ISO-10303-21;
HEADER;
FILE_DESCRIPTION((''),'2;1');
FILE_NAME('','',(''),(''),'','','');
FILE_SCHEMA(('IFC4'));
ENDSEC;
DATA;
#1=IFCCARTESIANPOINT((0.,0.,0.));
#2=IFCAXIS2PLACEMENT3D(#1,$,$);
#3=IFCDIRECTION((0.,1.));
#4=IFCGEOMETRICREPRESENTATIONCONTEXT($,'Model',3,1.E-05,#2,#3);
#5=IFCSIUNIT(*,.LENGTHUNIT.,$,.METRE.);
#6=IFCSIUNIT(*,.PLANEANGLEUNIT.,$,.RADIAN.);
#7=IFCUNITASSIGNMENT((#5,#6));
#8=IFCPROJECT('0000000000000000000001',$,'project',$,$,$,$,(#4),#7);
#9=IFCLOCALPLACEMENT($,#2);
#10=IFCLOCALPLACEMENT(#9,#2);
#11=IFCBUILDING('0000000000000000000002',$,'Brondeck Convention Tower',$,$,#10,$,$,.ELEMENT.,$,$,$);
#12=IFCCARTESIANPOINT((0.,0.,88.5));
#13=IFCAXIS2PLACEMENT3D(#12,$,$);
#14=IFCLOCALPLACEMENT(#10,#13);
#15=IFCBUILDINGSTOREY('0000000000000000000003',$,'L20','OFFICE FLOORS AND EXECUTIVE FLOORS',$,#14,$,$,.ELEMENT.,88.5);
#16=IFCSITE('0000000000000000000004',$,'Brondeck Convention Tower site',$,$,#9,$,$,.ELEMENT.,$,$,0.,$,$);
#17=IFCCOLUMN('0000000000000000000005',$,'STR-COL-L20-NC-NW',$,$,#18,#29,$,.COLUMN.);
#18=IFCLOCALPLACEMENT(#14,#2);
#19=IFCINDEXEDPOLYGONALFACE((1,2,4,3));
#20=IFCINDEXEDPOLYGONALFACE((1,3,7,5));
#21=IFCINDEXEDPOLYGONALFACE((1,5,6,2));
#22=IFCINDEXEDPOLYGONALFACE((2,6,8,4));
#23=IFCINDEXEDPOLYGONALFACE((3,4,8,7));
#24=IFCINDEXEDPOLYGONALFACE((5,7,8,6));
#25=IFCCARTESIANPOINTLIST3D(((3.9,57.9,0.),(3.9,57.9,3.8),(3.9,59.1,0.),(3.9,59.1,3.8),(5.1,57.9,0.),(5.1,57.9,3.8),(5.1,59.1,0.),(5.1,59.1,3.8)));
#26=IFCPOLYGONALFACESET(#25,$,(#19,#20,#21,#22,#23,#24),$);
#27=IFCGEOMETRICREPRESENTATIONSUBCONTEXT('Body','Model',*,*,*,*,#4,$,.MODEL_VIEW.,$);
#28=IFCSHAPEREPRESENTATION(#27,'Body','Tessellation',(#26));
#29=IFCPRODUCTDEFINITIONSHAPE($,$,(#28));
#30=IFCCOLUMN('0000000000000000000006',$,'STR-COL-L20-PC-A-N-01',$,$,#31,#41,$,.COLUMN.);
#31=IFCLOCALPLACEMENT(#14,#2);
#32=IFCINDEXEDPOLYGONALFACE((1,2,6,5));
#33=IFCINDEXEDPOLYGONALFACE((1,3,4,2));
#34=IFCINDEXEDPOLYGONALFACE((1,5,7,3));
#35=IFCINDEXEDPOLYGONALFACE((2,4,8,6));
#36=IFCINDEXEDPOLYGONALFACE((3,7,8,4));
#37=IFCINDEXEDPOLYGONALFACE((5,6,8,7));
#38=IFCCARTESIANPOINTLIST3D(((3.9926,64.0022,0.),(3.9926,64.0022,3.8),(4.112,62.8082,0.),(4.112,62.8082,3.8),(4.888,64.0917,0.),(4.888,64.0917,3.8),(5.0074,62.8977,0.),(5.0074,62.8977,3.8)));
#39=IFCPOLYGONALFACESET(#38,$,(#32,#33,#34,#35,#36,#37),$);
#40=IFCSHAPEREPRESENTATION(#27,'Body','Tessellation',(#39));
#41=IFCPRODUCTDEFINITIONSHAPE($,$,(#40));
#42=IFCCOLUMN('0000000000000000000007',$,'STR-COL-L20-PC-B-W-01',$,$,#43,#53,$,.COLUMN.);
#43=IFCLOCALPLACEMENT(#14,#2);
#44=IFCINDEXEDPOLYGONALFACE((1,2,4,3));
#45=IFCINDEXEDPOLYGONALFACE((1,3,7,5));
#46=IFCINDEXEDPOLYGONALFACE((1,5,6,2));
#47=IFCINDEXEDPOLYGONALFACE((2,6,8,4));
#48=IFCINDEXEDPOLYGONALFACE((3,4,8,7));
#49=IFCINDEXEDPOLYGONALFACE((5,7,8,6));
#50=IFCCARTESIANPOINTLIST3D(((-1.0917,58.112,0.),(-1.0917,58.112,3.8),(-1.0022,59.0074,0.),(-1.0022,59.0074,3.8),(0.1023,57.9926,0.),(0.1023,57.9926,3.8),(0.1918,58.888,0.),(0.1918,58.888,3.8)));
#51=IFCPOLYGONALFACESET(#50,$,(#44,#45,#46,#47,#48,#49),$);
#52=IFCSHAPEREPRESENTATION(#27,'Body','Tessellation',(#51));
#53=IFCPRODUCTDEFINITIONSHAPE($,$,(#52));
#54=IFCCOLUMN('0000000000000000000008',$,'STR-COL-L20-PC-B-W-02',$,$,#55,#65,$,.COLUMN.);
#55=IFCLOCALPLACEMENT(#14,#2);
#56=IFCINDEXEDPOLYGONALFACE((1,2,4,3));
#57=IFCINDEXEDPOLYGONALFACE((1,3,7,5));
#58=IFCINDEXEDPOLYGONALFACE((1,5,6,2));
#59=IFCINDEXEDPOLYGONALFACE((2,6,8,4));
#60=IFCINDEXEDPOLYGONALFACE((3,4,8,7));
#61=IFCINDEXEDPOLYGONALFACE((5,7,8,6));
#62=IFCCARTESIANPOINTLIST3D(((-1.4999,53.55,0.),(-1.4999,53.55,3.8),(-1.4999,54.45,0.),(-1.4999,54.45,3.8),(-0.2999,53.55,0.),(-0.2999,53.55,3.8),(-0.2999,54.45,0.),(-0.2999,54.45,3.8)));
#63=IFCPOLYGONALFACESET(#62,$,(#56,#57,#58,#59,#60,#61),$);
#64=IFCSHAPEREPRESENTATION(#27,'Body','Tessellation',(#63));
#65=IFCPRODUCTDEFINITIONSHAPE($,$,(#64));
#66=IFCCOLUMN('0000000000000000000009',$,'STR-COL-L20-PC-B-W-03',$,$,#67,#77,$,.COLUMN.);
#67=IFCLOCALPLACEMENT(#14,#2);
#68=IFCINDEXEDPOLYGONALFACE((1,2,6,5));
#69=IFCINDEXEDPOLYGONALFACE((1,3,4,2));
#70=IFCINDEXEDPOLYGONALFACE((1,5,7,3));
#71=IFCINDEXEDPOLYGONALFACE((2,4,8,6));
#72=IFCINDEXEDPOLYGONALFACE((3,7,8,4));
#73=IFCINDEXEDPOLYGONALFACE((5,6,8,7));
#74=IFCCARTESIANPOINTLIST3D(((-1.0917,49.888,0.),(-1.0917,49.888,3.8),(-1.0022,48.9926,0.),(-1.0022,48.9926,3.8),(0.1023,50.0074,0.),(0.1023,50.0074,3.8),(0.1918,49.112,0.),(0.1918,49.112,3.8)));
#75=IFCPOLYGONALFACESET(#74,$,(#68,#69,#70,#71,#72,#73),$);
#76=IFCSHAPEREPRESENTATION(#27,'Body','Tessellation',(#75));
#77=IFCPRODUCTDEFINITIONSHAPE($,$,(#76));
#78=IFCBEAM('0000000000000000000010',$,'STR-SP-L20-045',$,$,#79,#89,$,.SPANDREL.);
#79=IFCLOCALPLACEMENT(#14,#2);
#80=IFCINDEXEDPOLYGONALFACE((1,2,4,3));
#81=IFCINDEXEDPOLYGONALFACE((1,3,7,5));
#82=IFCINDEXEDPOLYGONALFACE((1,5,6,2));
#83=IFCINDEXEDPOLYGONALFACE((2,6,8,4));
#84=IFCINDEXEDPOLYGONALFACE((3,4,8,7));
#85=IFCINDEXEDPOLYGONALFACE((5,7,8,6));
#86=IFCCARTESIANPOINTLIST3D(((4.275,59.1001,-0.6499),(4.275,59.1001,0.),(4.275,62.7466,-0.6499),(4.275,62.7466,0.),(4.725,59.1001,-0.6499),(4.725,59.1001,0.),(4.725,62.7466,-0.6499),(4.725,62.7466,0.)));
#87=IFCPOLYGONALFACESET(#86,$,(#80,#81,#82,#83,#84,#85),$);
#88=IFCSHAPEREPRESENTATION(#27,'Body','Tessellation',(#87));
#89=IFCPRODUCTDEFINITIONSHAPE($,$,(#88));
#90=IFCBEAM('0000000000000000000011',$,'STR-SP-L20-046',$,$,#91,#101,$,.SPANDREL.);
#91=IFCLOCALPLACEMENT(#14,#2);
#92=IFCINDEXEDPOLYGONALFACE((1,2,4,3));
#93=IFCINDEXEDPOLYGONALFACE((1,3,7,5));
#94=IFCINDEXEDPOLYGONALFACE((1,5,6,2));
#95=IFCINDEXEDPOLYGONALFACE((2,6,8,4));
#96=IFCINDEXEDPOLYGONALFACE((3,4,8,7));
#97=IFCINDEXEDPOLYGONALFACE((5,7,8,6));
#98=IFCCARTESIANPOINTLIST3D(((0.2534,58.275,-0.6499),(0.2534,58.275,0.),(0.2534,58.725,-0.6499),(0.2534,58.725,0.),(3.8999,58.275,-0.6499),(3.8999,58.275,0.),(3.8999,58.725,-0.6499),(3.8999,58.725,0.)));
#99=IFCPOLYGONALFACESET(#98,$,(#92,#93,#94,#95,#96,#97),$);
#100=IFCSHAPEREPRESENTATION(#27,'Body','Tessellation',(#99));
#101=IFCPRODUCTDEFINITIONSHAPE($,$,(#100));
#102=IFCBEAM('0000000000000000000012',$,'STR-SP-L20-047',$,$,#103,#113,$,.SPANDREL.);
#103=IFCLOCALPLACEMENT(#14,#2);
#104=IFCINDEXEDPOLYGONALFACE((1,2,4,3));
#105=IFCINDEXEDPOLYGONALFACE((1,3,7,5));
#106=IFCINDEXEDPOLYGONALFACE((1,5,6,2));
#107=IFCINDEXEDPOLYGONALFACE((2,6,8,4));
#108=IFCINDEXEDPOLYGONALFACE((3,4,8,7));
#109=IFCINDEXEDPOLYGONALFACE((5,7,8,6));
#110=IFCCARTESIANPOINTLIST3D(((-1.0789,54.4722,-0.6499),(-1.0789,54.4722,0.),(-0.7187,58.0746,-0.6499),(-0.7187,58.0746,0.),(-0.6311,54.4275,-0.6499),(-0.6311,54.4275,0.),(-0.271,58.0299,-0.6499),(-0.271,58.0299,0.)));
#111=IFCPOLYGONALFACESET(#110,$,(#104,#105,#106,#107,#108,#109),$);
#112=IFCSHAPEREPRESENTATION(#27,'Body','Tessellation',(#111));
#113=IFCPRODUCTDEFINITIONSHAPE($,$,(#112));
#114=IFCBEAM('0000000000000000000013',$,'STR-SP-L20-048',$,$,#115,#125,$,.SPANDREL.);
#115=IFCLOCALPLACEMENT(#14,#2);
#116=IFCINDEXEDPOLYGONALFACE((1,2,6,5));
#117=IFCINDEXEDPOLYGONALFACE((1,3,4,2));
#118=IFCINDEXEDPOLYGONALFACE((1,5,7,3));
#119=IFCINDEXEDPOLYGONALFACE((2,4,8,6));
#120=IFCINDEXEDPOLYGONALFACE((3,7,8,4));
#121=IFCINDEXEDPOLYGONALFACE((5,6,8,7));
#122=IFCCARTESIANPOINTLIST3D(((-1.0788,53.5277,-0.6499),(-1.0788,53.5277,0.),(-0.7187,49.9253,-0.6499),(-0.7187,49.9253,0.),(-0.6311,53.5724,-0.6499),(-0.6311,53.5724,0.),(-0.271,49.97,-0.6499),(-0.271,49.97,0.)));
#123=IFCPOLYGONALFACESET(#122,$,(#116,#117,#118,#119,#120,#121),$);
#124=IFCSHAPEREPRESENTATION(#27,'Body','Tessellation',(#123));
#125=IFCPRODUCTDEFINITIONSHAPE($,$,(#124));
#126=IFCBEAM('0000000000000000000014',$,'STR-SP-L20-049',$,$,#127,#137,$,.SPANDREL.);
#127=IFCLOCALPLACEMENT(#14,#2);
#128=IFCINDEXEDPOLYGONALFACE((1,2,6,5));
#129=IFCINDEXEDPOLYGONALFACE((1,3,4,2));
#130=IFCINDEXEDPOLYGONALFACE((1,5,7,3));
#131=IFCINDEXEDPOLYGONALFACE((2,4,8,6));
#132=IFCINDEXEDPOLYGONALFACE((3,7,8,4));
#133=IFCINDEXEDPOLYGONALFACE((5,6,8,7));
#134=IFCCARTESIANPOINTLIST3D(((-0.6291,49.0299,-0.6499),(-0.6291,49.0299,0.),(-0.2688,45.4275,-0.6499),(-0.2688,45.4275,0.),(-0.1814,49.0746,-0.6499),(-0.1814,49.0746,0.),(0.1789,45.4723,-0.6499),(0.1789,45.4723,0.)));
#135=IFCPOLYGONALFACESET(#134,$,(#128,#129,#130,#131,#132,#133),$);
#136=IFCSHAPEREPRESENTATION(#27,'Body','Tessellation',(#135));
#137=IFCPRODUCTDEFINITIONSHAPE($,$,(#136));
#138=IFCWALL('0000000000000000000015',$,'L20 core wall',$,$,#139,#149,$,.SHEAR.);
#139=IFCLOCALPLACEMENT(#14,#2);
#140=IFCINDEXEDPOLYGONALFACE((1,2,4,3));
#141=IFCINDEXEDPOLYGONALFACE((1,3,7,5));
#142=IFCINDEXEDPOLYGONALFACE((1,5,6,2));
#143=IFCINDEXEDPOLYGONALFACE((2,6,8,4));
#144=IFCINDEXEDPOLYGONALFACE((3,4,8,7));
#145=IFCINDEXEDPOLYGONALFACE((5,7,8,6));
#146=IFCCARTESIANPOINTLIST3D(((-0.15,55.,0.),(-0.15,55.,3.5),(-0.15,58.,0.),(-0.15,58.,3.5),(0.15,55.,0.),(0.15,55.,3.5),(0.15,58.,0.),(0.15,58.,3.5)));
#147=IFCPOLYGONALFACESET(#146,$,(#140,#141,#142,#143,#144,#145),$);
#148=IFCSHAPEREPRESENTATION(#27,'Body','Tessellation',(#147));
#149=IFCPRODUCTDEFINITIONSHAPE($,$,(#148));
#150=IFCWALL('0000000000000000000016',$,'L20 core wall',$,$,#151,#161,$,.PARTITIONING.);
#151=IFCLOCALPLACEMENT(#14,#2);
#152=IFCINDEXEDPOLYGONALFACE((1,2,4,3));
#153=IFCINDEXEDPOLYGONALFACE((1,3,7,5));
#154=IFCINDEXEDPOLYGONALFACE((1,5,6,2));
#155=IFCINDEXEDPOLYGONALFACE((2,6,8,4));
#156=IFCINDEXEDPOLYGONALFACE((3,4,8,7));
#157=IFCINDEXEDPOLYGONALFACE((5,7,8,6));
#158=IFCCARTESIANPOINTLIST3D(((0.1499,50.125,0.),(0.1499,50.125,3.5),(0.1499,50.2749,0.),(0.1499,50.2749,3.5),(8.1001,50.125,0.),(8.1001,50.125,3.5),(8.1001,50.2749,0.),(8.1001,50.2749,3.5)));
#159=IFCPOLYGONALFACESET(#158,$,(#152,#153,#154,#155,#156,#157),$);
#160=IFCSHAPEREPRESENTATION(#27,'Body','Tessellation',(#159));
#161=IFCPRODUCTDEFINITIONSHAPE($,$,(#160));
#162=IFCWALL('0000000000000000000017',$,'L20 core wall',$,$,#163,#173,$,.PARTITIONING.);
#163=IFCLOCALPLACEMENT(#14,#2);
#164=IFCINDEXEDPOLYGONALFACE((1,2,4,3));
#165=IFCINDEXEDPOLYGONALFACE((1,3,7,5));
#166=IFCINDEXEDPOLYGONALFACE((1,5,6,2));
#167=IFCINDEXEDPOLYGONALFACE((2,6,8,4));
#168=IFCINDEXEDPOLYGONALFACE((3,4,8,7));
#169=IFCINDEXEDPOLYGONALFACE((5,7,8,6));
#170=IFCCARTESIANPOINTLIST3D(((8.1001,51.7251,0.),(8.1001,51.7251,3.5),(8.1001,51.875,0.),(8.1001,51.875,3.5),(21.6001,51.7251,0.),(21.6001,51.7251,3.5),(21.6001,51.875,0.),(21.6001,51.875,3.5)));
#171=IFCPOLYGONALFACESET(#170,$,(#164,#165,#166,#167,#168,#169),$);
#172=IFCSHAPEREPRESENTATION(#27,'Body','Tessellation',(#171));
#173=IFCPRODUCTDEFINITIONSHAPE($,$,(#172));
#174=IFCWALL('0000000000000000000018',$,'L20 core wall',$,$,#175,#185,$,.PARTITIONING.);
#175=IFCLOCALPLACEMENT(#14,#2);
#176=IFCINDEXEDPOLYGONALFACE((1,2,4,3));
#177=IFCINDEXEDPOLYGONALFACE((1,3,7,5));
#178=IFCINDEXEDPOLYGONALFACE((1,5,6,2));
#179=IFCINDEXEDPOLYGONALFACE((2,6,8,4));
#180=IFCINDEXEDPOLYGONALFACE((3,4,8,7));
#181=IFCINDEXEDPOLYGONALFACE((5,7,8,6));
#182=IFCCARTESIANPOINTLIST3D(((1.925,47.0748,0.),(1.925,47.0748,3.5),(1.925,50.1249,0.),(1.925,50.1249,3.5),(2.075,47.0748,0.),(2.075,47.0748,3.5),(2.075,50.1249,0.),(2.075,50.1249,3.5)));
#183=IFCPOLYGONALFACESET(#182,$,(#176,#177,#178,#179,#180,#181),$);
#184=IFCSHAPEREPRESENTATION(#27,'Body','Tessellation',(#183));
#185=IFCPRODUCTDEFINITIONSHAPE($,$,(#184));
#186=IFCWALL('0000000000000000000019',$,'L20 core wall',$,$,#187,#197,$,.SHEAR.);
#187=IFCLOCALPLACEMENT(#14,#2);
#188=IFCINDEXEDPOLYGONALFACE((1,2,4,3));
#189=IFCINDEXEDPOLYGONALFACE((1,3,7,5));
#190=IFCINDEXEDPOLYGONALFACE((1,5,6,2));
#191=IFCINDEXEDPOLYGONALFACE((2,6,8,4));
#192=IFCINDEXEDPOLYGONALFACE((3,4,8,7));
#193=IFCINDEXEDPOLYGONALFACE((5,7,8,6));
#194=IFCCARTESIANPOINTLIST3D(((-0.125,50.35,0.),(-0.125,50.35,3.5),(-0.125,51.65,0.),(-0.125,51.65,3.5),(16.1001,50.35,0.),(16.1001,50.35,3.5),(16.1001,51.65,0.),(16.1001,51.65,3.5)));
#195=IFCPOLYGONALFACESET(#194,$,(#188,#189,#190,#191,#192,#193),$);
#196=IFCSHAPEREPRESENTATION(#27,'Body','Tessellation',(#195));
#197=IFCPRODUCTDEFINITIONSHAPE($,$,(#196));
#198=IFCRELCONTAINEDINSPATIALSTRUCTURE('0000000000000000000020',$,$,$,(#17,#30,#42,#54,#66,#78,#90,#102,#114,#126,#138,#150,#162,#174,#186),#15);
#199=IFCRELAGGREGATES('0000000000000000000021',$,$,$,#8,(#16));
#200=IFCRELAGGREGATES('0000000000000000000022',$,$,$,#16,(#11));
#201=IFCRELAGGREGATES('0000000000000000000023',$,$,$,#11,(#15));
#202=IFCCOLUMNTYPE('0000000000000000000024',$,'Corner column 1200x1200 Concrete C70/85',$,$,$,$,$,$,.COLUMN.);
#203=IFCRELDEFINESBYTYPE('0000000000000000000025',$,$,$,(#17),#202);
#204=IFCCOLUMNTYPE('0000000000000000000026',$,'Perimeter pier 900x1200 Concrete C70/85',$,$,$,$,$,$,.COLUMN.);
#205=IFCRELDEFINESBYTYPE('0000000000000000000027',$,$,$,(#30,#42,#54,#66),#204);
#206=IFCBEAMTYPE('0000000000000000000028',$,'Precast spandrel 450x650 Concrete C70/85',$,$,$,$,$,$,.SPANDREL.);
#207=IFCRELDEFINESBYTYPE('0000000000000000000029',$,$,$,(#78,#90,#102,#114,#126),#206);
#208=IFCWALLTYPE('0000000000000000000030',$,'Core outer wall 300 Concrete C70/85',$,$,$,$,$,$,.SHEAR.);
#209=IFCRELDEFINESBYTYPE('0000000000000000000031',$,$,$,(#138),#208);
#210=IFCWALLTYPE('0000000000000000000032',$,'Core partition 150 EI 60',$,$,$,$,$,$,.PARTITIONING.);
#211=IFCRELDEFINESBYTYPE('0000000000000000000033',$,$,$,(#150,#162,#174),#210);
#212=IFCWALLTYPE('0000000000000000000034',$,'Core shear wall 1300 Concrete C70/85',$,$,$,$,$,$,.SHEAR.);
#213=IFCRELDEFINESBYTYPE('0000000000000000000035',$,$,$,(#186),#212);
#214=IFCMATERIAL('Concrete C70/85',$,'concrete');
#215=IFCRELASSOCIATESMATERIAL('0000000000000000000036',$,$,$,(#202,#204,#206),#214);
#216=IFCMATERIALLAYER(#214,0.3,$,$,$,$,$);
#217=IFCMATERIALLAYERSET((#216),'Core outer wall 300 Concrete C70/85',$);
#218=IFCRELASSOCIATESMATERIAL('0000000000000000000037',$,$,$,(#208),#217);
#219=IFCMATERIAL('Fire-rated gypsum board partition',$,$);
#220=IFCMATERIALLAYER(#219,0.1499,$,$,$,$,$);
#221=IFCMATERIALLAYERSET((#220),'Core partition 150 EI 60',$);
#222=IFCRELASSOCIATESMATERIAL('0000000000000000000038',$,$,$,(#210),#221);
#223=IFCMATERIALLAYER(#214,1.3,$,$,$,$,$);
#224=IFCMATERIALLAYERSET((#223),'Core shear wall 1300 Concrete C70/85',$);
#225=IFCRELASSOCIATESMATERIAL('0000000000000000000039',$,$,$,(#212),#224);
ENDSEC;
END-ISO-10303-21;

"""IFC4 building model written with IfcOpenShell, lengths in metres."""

from ifc_helpers import new_model, si_unit, direction, frame, frame_2d, origin, origin_2d, place, context, subcontext, project, spatial, rectangle, extrude, material, layer, layer_set, material_profile, profile_set, type_object, element, save


model = new_model("IFC4")

# Units and contexts
model_context = context("Model", 3, precision=1e-05, world=origin(), true_north=direction((0.0, 1.0)))
body_context = subcontext(model_context, "Body", "Model", "MODEL_VIEW")
ifc_project = project(units=[si_unit("LENGTHUNIT", "METRE"), si_unit("PLANEANGLEUNIT", "RADIAN")], contexts=[model_context])

# Site, building, storey
site_placement = place(None, origin())
site = spatial("IfcSite", under=ifc_project, at=site_placement, Name="Brondeck Convention Tower site", CompositionType="ELEMENT", RefElevation=0.0)
building_placement = place(site_placement, origin())
building = spatial("IfcBuilding", under=site, at=building_placement, Name="Brondeck Convention Tower", CompositionType="ELEMENT")
storey_placement = place(building_placement, frame((0.0, 0.0, 88.5)))
storey = spatial("IfcBuildingStorey", under=building, at=storey_placement, Name="L20", Description="OFFICE FLOORS AND EXECUTIVE FLOORS", CompositionType="ELEMENT", Elevation=88.5)

# Columns
ifc_material_1 = material(Name="Concrete C70/85", Category="concrete")
ifc_material_profile_1 = material_profile(ifc_material_1, rectangle(XDim=1.2, YDim=1.2, at=origin_2d()), Name="Corner column 1200x1200 Concrete C70/85")
ifc_profile_set_1 = profile_set([ifc_material_profile_1], Name="Concrete C70/85")
column_type_1 = type_object("IfcColumnType", Name="Corner column 1200x1200 Concrete C70/85", PredefinedType="COLUMN", material=ifc_profile_set_1)
column_placement = place(storey_placement, frame((4.5, 58.5, 0.0), z_axis=(0.0, 0.0, 1.0), x_axis=(1.0, 0.0, 0.0)))
element("IfcColumn", 1, at=column_placement, inside=storey, type_object=column_type_1, Name="STR-COL-L20-NC-NW", PredefinedType="COLUMN", context=body_context, shape_type="SweptSolid", body=[
    extrude(rectangle(XDim=1.2, YDim=1.2, at=origin_2d()), origin(), (0.0, 0.0, 1.0), 3.8),
])
ifc_material_profile_2 = material_profile(ifc_material_1, rectangle(XDim=0.8999, YDim=1.2, at=origin_2d()), Name="Perimeter pier 900x1200 Concrete C70/85")
ifc_profile_set_2 = profile_set([ifc_material_profile_2], Name="Concrete C70/85")
column_type_2 = type_object("IfcColumnType", Name="Perimeter pier 900x1200 Concrete C70/85", PredefinedType="COLUMN", material=ifc_profile_set_2)
for number, where, z_axis, x_axis, name in (
    (2, (4.5, 63.45, 0.0), (0.0, 0.0, 1.0), (-0.995037, -0.099504, 0.0), "STR-COL-L20-PC-A-N-01"),
    (3, (-0.45, 58.5, 0.0), (0.0, 0.0, 1.0), (-0.099504, -0.995037, 0.0), "STR-COL-L20-PC-B-W-01"),
    (4, (-0.8999, 54.0, 0.0), (0.0, 0.0, 1.0), (0.0, -1.0, 0.0), "STR-COL-L20-PC-B-W-02"),
    (5, (-0.45, 49.5, 0.0), (0.0, 0.0, 1.0), (0.099504, -0.995037, 0.0), "STR-COL-L20-PC-B-W-03"),
):
    element("IfcColumn", number, at=place(storey_placement, frame(where, z_axis=z_axis, x_axis=x_axis)), inside=storey, type_object=column_type_2, Name=name, PredefinedType="COLUMN", context=body_context, shape_type="SweptSolid", body=[
        extrude(rectangle(XDim=0.8999, YDim=1.2, at=origin_2d()), origin(), (0.0, 0.0, 1.0), 3.8),
    ])

# Beams
ifc_material_profile_3 = material_profile(ifc_material_1, rectangle(XDim=0.45, YDim=0.6499, at=origin_2d()), Name="Precast spandrel 450x650 Concrete C70/85")
ifc_profile_set_3 = profile_set([ifc_material_profile_3], Name="Concrete C70/85")
beam_type = type_object("IfcBeamType", Name="Precast spandrel 450x650 Concrete C70/85", PredefinedType="SPANDREL", material=ifc_profile_set_3)
for number, where, z_axis, x_axis, name in (
    (6, (4.5, 62.7466, -0.325), (0.0, -1.0, 0.0), (1.0, 0.0, 0.0), "STR-SP-L20-045"),
    (7, (3.8999, 58.5, -0.325), (-1.0, 0.0, 0.0), (0.0, -1.0, 0.0), "STR-SP-L20-046"),
):
    element("IfcBeam", number, at=place(storey_placement, frame(where, z_axis=z_axis, x_axis=x_axis)), inside=storey, type_object=beam_type, Name=name, PredefinedType="SPANDREL", context=body_context, shape_type="SweptSolid", body=[
        extrude(rectangle(XDim=0.45, YDim=0.6499, at=origin_2d()), origin(), (0.0, 0.0, 1.0), 3.6465),
    ])
for number, where, z_axis, x_axis, name in (
    (8, (-0.4949, 58.0522, -0.325), (-0.09947, -0.995041, 0.0), (0.995041, -0.09947, 0.0), "STR-SP-L20-047"),
    (9, (-0.855, 53.55, -0.325), (0.09947, -0.995041, 0.0), (0.995041, 0.09947, 0.0), "STR-SP-L20-048"),
    (10, (-0.4053, 49.0522, -0.325), (0.099537, -0.995034, 0.0), (0.995034, 0.099537, 0.0), "STR-SP-L20-049"),
):
    element("IfcBeam", number, at=place(storey_placement, frame(where, z_axis=z_axis, x_axis=x_axis)), inside=storey, type_object=beam_type, Name=name, PredefinedType="SPANDREL", context=body_context, shape_type="SweptSolid", body=[
        extrude(rectangle(XDim=0.45, YDim=0.6499, at=origin_2d()), origin(), (0.0, 0.0, 1.0), 3.6204),
    ])

# Walls
ifc_layer_1 = layer(ifc_material_1, 0.3)
ifc_layer_set_1 = layer_set([ifc_layer_1], Name="Core outer wall 300 Concrete C70/85")
wall_type_1 = type_object("IfcWallType", Name="Core outer wall 300 Concrete C70/85", PredefinedType="SHEAR", material=ifc_layer_set_1)
wall_1_placement = place(storey_placement, frame((0.0, 55.0, 0.0), z_axis=(0.0, 0.0, 1.0), x_axis=(0.0, 1.0, 0.0)))
element("IfcWall", 11, at=wall_1_placement, inside=storey, type_object=wall_type_1, Name="L20 core wall", PredefinedType="SHEAR", context=body_context, shape_type="SweptSolid", body=[
    extrude(rectangle(XDim=3.0, YDim=0.3, at=frame_2d((1.5, 0.0))), origin(), (0.0, 0.0, 1.0), 3.5),
])
ifc_material_2 = material(Name="Fire-rated gypsum board partition")
ifc_layer_2 = layer(ifc_material_2, 0.1499)
ifc_layer_set_2 = layer_set([ifc_layer_2], Name="Core partition 150 EI 60")
wall_type_2 = type_object("IfcWallType", Name="Core partition 150 EI 60", PredefinedType="PARTITIONING", material=ifc_layer_set_2)
wall_2_placement = place(storey_placement, frame((0.1499, 50.2, 0.0), z_axis=(0.0, 0.0, 1.0), x_axis=(1.0, 0.0, 0.0)))
element("IfcWall", 12, at=wall_2_placement, inside=storey, type_object=wall_type_2, Name="L20 core wall", PredefinedType="PARTITIONING", context=body_context, shape_type="SweptSolid", body=[
    extrude(rectangle(XDim=7.9502, YDim=0.1499, at=frame_2d((3.9751, 0.0))), origin(), (0.0, 0.0, 1.0), 3.5),
])
wall_3_placement = place(storey_placement, frame((8.1001, 51.8, 0.0), z_axis=(0.0, 0.0, 1.0), x_axis=(1.0, 0.0, 0.0)))
element("IfcWall", 13, at=wall_3_placement, inside=storey, type_object=wall_type_2, Name="L20 core wall", PredefinedType="PARTITIONING", context=body_context, shape_type="SweptSolid", body=[
    extrude(rectangle(XDim=13.5, YDim=0.1499, at=frame_2d((6.75, 0.0))), origin(), (0.0, 0.0, 1.0), 3.5),
])
wall_4_placement = place(storey_placement, frame((2.0, 47.075, 0.0), z_axis=(0.0, 0.0, 1.0), x_axis=(0.0, 1.0, 0.0)))
element("IfcWall", 14, at=wall_4_placement, inside=storey, type_object=wall_type_2, Name="L20 core wall", PredefinedType="PARTITIONING", context=body_context, shape_type="SweptSolid", body=[
    extrude(rectangle(XDim=3.05, YDim=0.1499, at=frame_2d((1.5249, 0.0))), origin(), (0.0, 0.0, 1.0), 3.5),
])
ifc_layer_3 = layer(ifc_material_1, 1.3)
ifc_layer_set_3 = layer_set([ifc_layer_3], Name="Core shear wall 1300 Concrete C70/85")
wall_type_3 = type_object("IfcWallType", Name="Core shear wall 1300 Concrete C70/85", PredefinedType="SHEAR", material=ifc_layer_set_3)
wall_5_placement = place(storey_placement, frame((-0.125, 51.0, 0.0), z_axis=(0.0, 0.0, 1.0), x_axis=(1.0, 0.0, 0.0)))
element("IfcWall", 15, at=wall_5_placement, inside=storey, type_object=wall_type_3, Name="L20 core wall", PredefinedType="SHEAR", context=body_context, shape_type="SweptSolid", body=[
    extrude(rectangle(XDim=16.2251, YDim=1.3, at=frame_2d((8.1125, 0.0))), origin(), (0.0, 0.0, 1.0), 3.5),
])

save(model, "model.ifc")
